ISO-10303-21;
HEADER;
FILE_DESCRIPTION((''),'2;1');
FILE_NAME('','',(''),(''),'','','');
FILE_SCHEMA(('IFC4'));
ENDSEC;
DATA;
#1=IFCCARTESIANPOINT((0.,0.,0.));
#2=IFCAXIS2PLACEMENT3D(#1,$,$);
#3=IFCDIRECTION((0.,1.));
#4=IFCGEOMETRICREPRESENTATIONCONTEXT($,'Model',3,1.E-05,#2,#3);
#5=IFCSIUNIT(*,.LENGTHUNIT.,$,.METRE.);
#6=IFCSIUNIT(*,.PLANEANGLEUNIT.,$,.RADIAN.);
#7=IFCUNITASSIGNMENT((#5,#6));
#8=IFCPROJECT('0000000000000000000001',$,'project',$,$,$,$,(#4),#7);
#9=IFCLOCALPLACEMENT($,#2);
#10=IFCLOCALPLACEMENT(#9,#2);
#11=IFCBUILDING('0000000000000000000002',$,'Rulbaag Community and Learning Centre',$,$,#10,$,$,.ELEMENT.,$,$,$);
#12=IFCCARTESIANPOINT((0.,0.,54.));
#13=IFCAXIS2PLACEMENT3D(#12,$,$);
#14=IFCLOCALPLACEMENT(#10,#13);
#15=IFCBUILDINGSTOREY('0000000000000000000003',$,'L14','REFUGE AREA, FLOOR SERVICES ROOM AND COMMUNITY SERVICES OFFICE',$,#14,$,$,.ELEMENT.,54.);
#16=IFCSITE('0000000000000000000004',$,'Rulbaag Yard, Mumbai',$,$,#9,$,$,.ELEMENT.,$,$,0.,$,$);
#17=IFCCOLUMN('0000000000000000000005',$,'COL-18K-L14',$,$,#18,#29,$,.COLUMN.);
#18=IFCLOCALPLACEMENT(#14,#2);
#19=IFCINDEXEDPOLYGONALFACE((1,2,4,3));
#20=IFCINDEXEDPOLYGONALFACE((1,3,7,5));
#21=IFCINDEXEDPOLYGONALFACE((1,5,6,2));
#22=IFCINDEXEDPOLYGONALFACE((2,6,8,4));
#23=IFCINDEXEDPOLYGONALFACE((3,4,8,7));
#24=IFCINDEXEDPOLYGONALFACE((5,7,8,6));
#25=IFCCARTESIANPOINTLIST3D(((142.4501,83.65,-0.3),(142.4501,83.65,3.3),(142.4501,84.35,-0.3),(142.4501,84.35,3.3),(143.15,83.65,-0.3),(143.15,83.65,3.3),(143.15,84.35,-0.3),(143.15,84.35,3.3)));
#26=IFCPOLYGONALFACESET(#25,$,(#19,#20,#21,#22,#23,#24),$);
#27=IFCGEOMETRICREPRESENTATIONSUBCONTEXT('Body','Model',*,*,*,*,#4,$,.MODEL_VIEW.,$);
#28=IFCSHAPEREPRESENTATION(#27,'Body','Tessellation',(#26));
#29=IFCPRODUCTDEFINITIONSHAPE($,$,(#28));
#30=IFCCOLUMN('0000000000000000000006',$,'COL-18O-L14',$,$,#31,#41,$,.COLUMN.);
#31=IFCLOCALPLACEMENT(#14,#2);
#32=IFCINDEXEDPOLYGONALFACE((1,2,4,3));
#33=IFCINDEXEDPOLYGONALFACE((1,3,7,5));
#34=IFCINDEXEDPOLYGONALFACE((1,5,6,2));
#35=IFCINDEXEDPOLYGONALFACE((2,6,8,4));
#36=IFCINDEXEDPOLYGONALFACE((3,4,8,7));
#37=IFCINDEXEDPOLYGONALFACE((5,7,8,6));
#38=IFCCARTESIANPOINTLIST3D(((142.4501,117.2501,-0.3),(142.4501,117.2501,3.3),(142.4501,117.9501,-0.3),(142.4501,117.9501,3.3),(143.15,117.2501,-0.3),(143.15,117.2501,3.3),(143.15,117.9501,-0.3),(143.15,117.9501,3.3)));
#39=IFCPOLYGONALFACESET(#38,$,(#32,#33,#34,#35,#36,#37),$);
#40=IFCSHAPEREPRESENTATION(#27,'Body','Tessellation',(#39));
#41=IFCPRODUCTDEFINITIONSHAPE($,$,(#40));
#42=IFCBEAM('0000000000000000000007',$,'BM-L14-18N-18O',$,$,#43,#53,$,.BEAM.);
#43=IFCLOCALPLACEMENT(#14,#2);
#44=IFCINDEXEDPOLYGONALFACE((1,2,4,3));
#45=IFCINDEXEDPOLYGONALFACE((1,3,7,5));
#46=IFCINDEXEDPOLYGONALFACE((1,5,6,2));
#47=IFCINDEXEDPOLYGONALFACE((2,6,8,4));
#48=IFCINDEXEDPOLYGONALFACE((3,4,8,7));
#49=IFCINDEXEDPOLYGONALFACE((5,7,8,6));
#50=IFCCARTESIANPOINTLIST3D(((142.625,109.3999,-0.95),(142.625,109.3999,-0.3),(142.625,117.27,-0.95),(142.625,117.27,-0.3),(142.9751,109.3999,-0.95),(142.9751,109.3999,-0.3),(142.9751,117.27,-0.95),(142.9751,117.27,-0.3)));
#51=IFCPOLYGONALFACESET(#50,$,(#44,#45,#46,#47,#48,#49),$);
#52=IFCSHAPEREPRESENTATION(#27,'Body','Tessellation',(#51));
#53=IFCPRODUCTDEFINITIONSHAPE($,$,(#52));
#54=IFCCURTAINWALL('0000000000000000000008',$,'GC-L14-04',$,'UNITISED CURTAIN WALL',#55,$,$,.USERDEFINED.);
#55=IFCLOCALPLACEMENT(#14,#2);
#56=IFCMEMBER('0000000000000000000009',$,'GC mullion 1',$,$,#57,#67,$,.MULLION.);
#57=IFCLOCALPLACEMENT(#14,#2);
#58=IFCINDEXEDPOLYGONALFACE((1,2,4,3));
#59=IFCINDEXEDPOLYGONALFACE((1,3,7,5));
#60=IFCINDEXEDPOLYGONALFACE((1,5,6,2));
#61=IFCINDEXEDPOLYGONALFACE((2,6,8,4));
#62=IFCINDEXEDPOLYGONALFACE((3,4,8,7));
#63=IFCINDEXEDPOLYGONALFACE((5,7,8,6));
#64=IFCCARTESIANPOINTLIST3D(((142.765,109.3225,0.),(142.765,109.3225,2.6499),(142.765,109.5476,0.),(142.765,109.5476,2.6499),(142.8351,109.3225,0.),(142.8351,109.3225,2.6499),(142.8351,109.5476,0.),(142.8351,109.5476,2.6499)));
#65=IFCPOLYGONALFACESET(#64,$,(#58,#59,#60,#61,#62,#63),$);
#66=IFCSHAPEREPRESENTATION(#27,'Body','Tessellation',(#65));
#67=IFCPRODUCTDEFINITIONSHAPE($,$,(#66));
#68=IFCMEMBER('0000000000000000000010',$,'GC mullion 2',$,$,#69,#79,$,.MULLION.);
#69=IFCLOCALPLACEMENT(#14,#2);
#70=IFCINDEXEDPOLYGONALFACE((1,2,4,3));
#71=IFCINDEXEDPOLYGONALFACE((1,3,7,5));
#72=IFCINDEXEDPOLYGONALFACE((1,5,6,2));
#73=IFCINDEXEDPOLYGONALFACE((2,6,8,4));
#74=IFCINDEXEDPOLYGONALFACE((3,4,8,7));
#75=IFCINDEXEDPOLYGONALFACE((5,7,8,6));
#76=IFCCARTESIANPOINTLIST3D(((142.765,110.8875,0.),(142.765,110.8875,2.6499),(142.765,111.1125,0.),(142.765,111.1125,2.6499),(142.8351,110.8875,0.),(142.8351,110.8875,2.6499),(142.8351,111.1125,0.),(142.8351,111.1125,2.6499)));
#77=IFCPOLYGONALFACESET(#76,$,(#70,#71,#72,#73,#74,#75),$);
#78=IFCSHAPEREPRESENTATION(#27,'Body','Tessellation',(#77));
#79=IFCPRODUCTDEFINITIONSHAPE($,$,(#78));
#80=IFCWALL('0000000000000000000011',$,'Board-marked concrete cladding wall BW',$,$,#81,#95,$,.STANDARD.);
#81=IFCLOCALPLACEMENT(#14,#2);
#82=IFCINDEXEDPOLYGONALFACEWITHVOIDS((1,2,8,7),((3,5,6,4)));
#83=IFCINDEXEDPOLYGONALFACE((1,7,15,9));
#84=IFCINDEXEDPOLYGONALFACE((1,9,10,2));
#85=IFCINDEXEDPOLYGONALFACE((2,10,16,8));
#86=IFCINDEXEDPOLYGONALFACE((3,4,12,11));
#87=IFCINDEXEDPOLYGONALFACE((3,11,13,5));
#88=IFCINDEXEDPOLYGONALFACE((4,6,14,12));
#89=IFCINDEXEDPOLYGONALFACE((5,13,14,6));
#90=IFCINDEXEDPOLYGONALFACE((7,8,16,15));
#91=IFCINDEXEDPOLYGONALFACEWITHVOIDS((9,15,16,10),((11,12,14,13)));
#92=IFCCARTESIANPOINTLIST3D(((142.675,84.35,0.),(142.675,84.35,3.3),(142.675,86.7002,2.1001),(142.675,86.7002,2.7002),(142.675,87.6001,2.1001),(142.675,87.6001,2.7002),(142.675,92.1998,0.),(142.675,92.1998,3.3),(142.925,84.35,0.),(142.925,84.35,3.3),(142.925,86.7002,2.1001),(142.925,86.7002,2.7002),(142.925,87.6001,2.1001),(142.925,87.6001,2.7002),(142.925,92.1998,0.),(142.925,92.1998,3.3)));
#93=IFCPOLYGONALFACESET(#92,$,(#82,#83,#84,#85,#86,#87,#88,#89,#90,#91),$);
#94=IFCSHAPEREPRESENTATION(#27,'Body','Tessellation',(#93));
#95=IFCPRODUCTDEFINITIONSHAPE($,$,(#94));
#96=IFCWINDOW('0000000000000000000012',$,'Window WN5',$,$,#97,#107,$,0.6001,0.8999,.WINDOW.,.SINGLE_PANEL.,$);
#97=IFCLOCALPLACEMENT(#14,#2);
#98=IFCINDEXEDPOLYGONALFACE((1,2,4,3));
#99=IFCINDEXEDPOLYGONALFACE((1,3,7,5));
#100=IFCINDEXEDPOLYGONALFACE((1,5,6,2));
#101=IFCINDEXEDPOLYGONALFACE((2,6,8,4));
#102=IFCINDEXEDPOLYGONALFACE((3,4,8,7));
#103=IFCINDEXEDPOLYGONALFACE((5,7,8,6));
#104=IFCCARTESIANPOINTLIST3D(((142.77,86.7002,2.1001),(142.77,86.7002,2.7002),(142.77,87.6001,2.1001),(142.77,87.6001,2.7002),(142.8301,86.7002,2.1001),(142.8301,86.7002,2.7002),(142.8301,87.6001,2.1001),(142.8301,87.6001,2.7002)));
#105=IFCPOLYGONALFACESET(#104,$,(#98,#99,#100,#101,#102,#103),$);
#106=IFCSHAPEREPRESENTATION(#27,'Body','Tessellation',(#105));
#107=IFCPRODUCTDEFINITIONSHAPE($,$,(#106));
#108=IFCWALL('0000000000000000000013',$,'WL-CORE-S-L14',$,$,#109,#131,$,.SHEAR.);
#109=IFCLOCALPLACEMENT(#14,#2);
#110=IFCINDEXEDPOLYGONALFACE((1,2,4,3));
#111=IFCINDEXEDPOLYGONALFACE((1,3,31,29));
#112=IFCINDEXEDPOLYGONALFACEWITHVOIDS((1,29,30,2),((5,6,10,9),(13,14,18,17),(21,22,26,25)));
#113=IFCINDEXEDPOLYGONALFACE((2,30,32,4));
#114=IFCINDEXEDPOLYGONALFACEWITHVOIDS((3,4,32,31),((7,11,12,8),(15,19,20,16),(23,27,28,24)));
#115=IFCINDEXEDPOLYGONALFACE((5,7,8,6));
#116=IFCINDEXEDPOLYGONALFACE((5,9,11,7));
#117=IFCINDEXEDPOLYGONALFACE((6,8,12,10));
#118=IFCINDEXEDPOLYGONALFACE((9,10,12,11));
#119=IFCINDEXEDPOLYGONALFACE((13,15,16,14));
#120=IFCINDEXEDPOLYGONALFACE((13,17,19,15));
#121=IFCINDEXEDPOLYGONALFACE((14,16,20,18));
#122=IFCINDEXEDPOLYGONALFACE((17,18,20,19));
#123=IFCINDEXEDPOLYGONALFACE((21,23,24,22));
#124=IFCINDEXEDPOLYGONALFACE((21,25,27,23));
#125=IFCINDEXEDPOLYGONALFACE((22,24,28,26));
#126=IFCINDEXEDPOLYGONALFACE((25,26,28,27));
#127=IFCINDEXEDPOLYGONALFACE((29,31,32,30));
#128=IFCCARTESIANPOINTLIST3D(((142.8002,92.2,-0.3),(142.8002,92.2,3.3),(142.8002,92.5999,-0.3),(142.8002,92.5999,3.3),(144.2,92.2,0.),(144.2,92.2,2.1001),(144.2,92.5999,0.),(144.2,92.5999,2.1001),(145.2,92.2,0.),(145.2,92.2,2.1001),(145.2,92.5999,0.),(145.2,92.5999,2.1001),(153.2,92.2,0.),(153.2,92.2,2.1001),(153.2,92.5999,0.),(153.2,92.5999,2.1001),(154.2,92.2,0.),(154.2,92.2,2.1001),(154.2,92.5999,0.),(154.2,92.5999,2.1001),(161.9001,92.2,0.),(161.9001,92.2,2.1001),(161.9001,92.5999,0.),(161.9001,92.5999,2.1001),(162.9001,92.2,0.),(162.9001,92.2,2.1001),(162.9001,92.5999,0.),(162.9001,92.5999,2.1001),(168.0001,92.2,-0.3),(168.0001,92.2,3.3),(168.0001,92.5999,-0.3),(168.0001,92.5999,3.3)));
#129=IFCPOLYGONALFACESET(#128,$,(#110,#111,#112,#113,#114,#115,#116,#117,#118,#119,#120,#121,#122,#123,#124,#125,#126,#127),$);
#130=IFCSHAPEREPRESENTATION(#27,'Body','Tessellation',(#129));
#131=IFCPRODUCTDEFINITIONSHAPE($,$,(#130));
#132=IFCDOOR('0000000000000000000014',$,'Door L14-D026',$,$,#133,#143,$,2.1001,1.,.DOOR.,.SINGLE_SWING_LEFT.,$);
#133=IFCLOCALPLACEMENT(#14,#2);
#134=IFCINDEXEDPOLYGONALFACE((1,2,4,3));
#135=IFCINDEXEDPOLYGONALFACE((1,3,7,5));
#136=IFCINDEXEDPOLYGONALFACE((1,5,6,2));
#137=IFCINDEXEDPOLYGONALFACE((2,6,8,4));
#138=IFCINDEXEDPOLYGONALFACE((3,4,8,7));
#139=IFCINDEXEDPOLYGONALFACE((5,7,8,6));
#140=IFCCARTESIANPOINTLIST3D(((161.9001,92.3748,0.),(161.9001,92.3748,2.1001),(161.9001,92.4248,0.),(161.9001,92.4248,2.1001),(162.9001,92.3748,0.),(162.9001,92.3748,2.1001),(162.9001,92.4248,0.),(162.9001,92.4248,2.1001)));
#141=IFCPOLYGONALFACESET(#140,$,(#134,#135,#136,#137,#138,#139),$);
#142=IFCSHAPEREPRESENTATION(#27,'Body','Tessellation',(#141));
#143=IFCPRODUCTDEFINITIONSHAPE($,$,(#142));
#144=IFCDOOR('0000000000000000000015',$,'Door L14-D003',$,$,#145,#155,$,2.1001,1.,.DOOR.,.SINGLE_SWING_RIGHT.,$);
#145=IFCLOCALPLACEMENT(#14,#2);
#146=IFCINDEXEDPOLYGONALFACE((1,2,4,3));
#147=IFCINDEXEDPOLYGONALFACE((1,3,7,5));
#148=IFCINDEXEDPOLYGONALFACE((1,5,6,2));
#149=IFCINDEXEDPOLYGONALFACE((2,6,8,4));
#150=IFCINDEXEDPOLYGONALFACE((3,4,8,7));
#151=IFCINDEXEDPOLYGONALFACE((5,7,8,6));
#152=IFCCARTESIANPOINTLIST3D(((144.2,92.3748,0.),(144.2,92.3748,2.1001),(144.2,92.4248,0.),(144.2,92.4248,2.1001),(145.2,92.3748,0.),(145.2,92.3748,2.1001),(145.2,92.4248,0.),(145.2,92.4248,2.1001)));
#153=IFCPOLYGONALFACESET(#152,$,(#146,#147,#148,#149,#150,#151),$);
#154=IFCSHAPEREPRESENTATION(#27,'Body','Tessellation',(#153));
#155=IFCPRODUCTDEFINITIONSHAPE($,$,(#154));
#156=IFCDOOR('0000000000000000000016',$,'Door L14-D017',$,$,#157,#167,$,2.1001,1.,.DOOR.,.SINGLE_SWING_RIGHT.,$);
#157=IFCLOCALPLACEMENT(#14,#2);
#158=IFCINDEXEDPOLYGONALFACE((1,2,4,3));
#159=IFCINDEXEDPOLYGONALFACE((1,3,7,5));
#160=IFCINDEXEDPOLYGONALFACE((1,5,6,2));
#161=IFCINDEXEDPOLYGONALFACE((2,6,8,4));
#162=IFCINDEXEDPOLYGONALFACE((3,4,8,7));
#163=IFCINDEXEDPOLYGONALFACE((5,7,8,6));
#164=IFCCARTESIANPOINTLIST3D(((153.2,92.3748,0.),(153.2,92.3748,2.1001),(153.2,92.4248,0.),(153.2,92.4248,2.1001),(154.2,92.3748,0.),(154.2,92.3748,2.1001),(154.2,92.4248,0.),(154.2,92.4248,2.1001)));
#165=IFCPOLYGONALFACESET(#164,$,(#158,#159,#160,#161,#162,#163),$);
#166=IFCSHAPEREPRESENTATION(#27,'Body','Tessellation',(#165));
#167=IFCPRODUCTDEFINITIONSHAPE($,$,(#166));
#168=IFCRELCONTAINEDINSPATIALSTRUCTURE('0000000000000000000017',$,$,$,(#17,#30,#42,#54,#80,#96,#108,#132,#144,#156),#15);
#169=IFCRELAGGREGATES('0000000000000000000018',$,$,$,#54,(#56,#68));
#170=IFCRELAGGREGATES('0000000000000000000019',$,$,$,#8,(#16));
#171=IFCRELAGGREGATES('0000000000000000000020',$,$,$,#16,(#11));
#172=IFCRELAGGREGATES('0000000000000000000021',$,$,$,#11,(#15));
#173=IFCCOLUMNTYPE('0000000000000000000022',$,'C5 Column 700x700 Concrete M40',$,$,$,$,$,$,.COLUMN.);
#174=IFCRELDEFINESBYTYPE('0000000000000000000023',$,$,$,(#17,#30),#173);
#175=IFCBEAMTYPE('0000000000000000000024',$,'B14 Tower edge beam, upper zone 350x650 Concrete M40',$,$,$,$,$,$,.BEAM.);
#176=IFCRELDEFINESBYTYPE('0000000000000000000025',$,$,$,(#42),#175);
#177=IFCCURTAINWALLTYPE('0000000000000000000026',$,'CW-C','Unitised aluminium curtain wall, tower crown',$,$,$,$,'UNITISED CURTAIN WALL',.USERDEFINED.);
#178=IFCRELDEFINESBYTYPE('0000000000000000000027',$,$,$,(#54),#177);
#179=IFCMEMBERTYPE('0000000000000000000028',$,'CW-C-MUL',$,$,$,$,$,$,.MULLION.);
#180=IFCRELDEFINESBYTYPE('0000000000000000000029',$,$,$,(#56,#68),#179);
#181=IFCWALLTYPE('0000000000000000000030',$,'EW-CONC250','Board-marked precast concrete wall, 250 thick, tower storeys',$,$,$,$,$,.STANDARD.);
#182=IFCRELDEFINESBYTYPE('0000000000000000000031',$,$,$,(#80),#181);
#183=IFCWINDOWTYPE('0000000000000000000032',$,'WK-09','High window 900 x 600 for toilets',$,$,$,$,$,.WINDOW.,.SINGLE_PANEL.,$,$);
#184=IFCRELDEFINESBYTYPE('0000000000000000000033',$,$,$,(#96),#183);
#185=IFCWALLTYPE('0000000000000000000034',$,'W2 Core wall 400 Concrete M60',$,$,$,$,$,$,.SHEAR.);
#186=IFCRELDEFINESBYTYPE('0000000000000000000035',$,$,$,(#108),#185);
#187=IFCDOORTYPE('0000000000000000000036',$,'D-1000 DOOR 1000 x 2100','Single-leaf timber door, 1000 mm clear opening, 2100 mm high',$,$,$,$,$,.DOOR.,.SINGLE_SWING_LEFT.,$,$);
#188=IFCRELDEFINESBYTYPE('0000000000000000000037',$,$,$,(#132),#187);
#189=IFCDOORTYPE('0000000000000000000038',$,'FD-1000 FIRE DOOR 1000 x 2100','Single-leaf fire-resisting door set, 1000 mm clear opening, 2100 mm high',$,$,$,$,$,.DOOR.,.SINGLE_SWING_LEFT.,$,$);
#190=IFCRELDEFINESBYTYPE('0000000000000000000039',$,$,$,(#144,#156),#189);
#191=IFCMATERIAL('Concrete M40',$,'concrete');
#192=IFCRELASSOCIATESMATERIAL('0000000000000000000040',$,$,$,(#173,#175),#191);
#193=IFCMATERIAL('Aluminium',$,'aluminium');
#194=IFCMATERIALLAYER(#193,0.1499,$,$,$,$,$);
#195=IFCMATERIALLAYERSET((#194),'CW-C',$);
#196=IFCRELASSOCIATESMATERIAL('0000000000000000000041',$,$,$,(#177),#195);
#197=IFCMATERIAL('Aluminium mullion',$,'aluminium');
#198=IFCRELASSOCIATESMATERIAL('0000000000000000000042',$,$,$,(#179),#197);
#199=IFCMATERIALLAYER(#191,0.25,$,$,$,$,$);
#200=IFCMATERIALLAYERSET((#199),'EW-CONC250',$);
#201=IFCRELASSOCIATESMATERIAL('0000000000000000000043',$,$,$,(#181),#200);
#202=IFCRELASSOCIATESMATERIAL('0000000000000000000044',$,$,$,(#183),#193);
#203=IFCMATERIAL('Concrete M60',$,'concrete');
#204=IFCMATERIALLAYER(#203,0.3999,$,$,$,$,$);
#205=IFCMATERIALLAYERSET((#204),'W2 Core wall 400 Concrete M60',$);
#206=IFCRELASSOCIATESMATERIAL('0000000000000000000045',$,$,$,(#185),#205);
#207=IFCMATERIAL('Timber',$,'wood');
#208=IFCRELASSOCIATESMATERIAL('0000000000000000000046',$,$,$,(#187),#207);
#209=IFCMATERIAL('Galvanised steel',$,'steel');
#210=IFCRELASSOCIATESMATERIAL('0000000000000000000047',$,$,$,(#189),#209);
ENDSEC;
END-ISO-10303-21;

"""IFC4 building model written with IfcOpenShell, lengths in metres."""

from ifc_helpers import new_model, si_unit, direction, frame, frame_2d, origin, origin_2d, place, context, subcontext, project, spatial, rectangle, extrude, material, layer, layer_set, material_profile, profile_set, type_object, element, fill, aggregate, save


model = new_model("IFC4")

# Units and contexts
model_context = context("Model", 3, precision=1e-05, world=origin(), true_north=direction((0.0, 1.0)))
body_context = subcontext(model_context, "Body", "Model", "MODEL_VIEW")
ifc_project = project(units=[si_unit("LENGTHUNIT", "METRE"), si_unit("PLANEANGLEUNIT", "RADIAN")], contexts=[model_context])

# Site, building, storey
site_placement = place(None, origin())
site = spatial("IfcSite", under=ifc_project, at=site_placement, Name="Rulbaag Yard, Mumbai", CompositionType="ELEMENT", RefElevation=0.0)
building_placement = place(site_placement, origin())
building = spatial("IfcBuilding", under=site, at=building_placement, Name="Rulbaag Community and Learning Centre", CompositionType="ELEMENT")
storey_placement = place(building_placement, frame((0.0, 0.0, 54.0)))
storey = spatial("IfcBuildingStorey", under=building, at=storey_placement, Name="L14", Description="REFUGE AREA, FLOOR SERVICES ROOM AND COMMUNITY SERVICES OFFICE", CompositionType="ELEMENT", Elevation=54.0)

# Columns
ifc_material_1 = material(Name="Concrete M40", Category="concrete")
ifc_material_profile_1 = material_profile(ifc_material_1, rectangle(XDim=0.7, YDim=0.7, at=origin_2d()), Name="RC700x700")
ifc_profile_set_1 = profile_set([ifc_material_profile_1], Name="Concrete M40")
column_type = type_object("IfcColumnType", Name="C5 Column 700x700 Concrete M40", PredefinedType="COLUMN", material=ifc_profile_set_1)
for number, where, z_axis, x_axis, name in (
    (1, (142.8, 84.0, -0.3), (0.0, 0.0, 1.0), (1.0, 0.0, 0.0), "COL-18K-L14"),
    (2, (142.8, 117.6001, -0.3), (0.0, 0.0, 1.0), (1.0, 0.0, 0.0), "COL-18O-L14"),
):
    element("IfcColumn", number, at=place(storey_placement, frame(where, z_axis=z_axis, x_axis=x_axis)), inside=storey, type_object=column_type, Name=name, PredefinedType="COLUMN", context=body_context, shape_type="SweptSolid", body=[
        extrude(rectangle(XDim=0.7, YDim=0.7, at=origin_2d()), origin(), (0.0, 0.0, 1.0), 3.6001),
    ])

# Beam
ifc_material_profile_2 = material_profile(ifc_material_1, rectangle(XDim=0.3501, YDim=0.6499, at=origin_2d()), Name="RB350x650")
ifc_profile_set_2 = profile_set([ifc_material_profile_2], Name="Concrete M40")
beam_type = type_object("IfcBeamType", Name="B14 Tower edge beam, upper zone 350x650 Concrete M40", PredefinedType="BEAM", material=ifc_profile_set_2)
beam_placement = place(storey_placement, frame((142.8, 109.3999, -0.625), z_axis=(0.0, 1.0, 0.0), x_axis=(-1.0, 0.0, 0.0)))
element("IfcBeam", 3, at=beam_placement, inside=storey, type_object=beam_type, Name="BM-L14-18N-18O", PredefinedType="BEAM", context=body_context, shape_type="SweptSolid", body=[
    extrude(rectangle(XDim=0.3501, YDim=0.6499, at=origin_2d()), origin(), (0.0, 0.0, 1.0), 7.8701),
])

# Curtain wall, members
ifc_material_2 = material(Name="Aluminium", Category="aluminium")
ifc_layer_1 = layer(ifc_material_2, 0.1499)
ifc_layer_set_1 = layer_set([ifc_layer_1], Name="CW-C")
curtain_wall_type = type_object("IfcCurtainWallType", Name="CW-C", Description="Unitised aluminium curtain wall, tower crown", ElementType="UNITISED CURTAIN WALL", PredefinedType="USERDEFINED", material=ifc_layer_set_1)
curtain_wall_placement = place(storey_placement, origin())
curtain_wall = element("IfcCurtainWall", 4, at=curtain_wall_placement, inside=storey, type_object=curtain_wall_type, Name="GC-L14-04", ObjectType="UNITISED CURTAIN WALL", PredefinedType="USERDEFINED")
ifc_material_3 = material(Name="Aluminium mullion", Category="aluminium")
ifc_material_profile_3 = material_profile(ifc_material_3, rectangle(XDim=0.0701, YDim=0.2251, at=origin_2d()), Name="AL 70x225")
ifc_profile_set_3 = profile_set([ifc_material_profile_3], Name="Aluminium mullion")
member_type = type_object("IfcMemberType", Name="CW-C-MUL", PredefinedType="MULLION", material=ifc_profile_set_3)
member_1_placement = place(storey_placement, frame((142.8, 109.4351, 0.0), z_axis=(0.0, 0.0, 1.0), x_axis=(-1.0, 0.0, 0.0)))
member_1 = element("IfcMember", 5, at=member_1_placement, type_object=member_type, Name="GC mullion 1", PredefinedType="MULLION", context=body_context, shape_type="SweptSolid", body=[
    extrude(rectangle(XDim=0.0701, YDim=0.2251, at=origin_2d()), origin(), (0.0, 0.0, 1.0), 2.6499),
])
member_2_placement = place(storey_placement, frame((142.8, 111.0, 0.0), z_axis=(0.0, 0.0, 1.0), x_axis=(-1.0, 0.0, 0.0)))
member_2 = element("IfcMember", 6, at=member_2_placement, type_object=member_type, Name="GC mullion 2", PredefinedType="MULLION", context=body_context, shape_type="SweptSolid", body=[
    extrude(rectangle(XDim=0.0701, YDim=0.2251, at=origin_2d()), origin(), (0.0, 0.0, 1.0), 2.6499),
])
aggregate(curtain_wall, [member_1, member_2])

# Wall, opening, window
ifc_layer_2 = layer(ifc_material_1, 0.25)
ifc_layer_set_2 = layer_set([ifc_layer_2], Name="EW-CONC250")
wall_type_1 = type_object("IfcWallType", Name="EW-CONC250", Description="Board-marked precast concrete wall, 250 thick, tower storeys", PredefinedType="STANDARD", material=ifc_layer_set_2)
wall_1_placement = place(storey_placement, frame((142.8, 84.3501, 0.0), z_axis=(0.0, 0.0, 1.0), x_axis=(0.0, 1.0, 0.0)))
wall_1 = element("IfcWall", 7, at=wall_1_placement, inside=storey, type_object=wall_type_1, Name="Board-marked concrete cladding wall BW", PredefinedType="STANDARD", context=body_context, shape_type="SweptSolid", body=[
    extrude(rectangle(XDim=7.8499, YDim=0.25, at=frame_2d((3.9248, 0.0))), origin(), (0.0, 0.0, 1.0), 3.3),
])
opening_1_placement = place(wall_1_placement, frame((2.3501, 0.0, 2.1001)))
opening_1 = element("IfcOpeningElement", 8, at=opening_1_placement, cuts=wall_1, PredefinedType="OPENING", context=body_context, shape_type="SweptSolid", body=[
    extrude(rectangle(XDim=0.8999, YDim=0.6001, at=frame_2d((0.45, 0.3))), frame((0.0, 0.135, 0.0), z_axis=(0.0, -1.0, 0.0), x_axis=(1.0, 0.0, 0.0)), (0.0, 0.0, 1.0), 0.27),
])
window_type = type_object("IfcWindowType", Name="WK-09", Description="High window 900 x 600 for toilets", PartitioningType="SINGLE_PANEL", PredefinedType="WINDOW", material=ifc_material_2)
window_placement = place(opening_1_placement, origin())
window = element("IfcWindow", 9, at=window_placement, inside=storey, type_object=window_type, Name="Window WN5", OverallHeight=0.6001, OverallWidth=0.8999, PartitioningType="SINGLE_PANEL", PredefinedType="WINDOW", context=body_context, shape_type="SweptSolid", body=[
    extrude(rectangle(XDim=0.8999, YDim=0.6001, at=frame_2d((0.45, 0.3))), frame((0.0, 0.03, 0.0), z_axis=(0.0, -1.0, 0.0), x_axis=(1.0, 0.0, 0.0)), (0.0, 0.0, 1.0), 0.0601),
])
fill(opening_1, window)

# Wall, openings, doors
ifc_material_4 = material(Name="Concrete M60", Category="concrete")
ifc_layer_3 = layer(ifc_material_4, 0.3999)
ifc_layer_set_3 = layer_set([ifc_layer_3], Name="W2 Core wall 400 Concrete M60")
wall_type_2 = type_object("IfcWallType", Name="W2 Core wall 400 Concrete M60", PredefinedType="SHEAR", material=ifc_layer_set_3)
wall_2_placement = place(storey_placement, frame((142.8, 92.3999, -0.3), z_axis=(0.0, 0.0, 1.0), x_axis=(1.0, 0.0, 0.0)))
wall_2 = element("IfcWall", 10, at=wall_2_placement, inside=storey, type_object=wall_type_2, Name="WL-CORE-S-L14", PredefinedType="SHEAR", context=body_context, shape_type="SweptSolid", body=[
    extrude(rectangle(XDim=25.2, YDim=0.3999, at=frame_2d((12.6001, 0.0))), origin(), (0.0, 0.0, 1.0), 3.6001),
])
opening_2_placement = place(wall_2_placement, frame((1.3999, 0.0, 0.3)))
opening_2 = element("IfcOpeningElement", 11, at=opening_2_placement, cuts=wall_2, PredefinedType="OPENING", context=body_context, shape_type="SweptSolid", body=[
    extrude(rectangle(XDim=1.0, YDim=2.1001, at=frame_2d((0.5, 1.05))), frame((0.0, 0.21, 0.0), z_axis=(0.0, -1.0, 0.0), x_axis=(1.0, 0.0, 0.0)), (0.0, 0.0, 1.0), 0.4199),
])
opening_3_placement = place(wall_2_placement, frame((19.1001, 0.0, 0.3)))
opening_3 = element("IfcOpeningElement", 12, at=opening_3_placement, cuts=wall_2, PredefinedType="OPENING", context=body_context, shape_type="SweptSolid", body=[
    extrude(rectangle(XDim=1.0, YDim=2.1001, at=frame_2d((0.5, 1.05))), frame((0.0, 0.21, 0.0), z_axis=(0.0, -1.0, 0.0), x_axis=(1.0, 0.0, 0.0)), (0.0, 0.0, 1.0), 0.4199),
])
opening_4_placement = place(wall_2_placement, frame((10.3999, 0.0, 0.3)))
opening_4 = element("IfcOpeningElement", 13, at=opening_4_placement, cuts=wall_2, PredefinedType="OPENING", context=body_context, shape_type="SweptSolid", body=[
    extrude(rectangle(XDim=1.0, YDim=2.1001, at=frame_2d((0.5, 1.05))), frame((0.0, 0.21, 0.0), z_axis=(0.0, -1.0, 0.0), x_axis=(1.0, 0.0, 0.0)), (0.0, 0.0, 1.0), 0.4199),
])
ifc_material_5 = material(Name="Timber", Category="wood")
door_type_1 = type_object("IfcDoorType", Name="D-1000 DOOR 1000 x 2100", Description="Single-leaf timber door, 1000 mm clear opening, 2100 mm high", OperationType="SINGLE_SWING_LEFT", PredefinedType="DOOR", material=ifc_material_5)
door_1_placement = place(opening_3_placement, origin())
door_1 = element("IfcDoor", 14, at=door_1_placement, inside=storey, type_object=door_type_1, Name="Door L14-D026", OperationType="SINGLE_SWING_LEFT", OverallHeight=2.1001, OverallWidth=1.0, PredefinedType="DOOR", context=body_context, shape_type="SweptSolid", body=[
    extrude(rectangle(XDim=1.0, YDim=2.1001, at=frame_2d((0.5, 1.05))), frame((0.0, 0.0249, 0.0), z_axis=(0.0, -1.0, 0.0), x_axis=(1.0, 0.0, 0.0)), (0.0, 0.0, 1.0), 0.05),
])
fill(opening_3, door_1)
ifc_material_6 = material(Name="Galvanised steel", Category="steel")
door_type_2 = type_object("IfcDoorType", Name="FD-1000 FIRE DOOR 1000 x 2100", Description="Single-leaf fire-resisting door set, 1000 mm clear opening, 2100 mm high", OperationType="SINGLE_SWING_LEFT", PredefinedType="DOOR", material=ifc_material_6)
door_2_placement = place(opening_2_placement, origin())
door_2 = element("IfcDoor", 15, at=door_2_placement, inside=storey, type_object=door_type_2, Name="Door L14-D003", OperationType="SINGLE_SWING_RIGHT", OverallHeight=2.1001, OverallWidth=1.0, PredefinedType="DOOR", context=body_context, shape_type="SweptSolid", body=[
    extrude(rectangle(XDim=1.0, YDim=2.1001, at=frame_2d((0.5, 1.05))), frame((0.0, 0.0249, 0.0), z_axis=(0.0, -1.0, 0.0), x_axis=(1.0, 0.0, 0.0)), (0.0, 0.0, 1.0), 0.05),
])
fill(opening_2, door_2)
door_3_placement = place(opening_4_placement, origin())
door_3 = element("IfcDoor", 16, at=door_3_placement, inside=storey, type_object=door_type_2, Name="Door L14-D017", OperationType="SINGLE_SWING_RIGHT", OverallHeight=2.1001, OverallWidth=1.0, PredefinedType="DOOR", context=body_context, shape_type="SweptSolid", body=[
    extrude(rectangle(XDim=1.0, YDim=2.1001, at=frame_2d((0.5, 1.05))), frame((0.0, 0.0249, 0.0), z_axis=(0.0, -1.0, 0.0), x_axis=(1.0, 0.0, 0.0)), (0.0, 0.0, 1.0), 0.05),
])
fill(opening_4, door_3)

save(model, "model.ifc")
